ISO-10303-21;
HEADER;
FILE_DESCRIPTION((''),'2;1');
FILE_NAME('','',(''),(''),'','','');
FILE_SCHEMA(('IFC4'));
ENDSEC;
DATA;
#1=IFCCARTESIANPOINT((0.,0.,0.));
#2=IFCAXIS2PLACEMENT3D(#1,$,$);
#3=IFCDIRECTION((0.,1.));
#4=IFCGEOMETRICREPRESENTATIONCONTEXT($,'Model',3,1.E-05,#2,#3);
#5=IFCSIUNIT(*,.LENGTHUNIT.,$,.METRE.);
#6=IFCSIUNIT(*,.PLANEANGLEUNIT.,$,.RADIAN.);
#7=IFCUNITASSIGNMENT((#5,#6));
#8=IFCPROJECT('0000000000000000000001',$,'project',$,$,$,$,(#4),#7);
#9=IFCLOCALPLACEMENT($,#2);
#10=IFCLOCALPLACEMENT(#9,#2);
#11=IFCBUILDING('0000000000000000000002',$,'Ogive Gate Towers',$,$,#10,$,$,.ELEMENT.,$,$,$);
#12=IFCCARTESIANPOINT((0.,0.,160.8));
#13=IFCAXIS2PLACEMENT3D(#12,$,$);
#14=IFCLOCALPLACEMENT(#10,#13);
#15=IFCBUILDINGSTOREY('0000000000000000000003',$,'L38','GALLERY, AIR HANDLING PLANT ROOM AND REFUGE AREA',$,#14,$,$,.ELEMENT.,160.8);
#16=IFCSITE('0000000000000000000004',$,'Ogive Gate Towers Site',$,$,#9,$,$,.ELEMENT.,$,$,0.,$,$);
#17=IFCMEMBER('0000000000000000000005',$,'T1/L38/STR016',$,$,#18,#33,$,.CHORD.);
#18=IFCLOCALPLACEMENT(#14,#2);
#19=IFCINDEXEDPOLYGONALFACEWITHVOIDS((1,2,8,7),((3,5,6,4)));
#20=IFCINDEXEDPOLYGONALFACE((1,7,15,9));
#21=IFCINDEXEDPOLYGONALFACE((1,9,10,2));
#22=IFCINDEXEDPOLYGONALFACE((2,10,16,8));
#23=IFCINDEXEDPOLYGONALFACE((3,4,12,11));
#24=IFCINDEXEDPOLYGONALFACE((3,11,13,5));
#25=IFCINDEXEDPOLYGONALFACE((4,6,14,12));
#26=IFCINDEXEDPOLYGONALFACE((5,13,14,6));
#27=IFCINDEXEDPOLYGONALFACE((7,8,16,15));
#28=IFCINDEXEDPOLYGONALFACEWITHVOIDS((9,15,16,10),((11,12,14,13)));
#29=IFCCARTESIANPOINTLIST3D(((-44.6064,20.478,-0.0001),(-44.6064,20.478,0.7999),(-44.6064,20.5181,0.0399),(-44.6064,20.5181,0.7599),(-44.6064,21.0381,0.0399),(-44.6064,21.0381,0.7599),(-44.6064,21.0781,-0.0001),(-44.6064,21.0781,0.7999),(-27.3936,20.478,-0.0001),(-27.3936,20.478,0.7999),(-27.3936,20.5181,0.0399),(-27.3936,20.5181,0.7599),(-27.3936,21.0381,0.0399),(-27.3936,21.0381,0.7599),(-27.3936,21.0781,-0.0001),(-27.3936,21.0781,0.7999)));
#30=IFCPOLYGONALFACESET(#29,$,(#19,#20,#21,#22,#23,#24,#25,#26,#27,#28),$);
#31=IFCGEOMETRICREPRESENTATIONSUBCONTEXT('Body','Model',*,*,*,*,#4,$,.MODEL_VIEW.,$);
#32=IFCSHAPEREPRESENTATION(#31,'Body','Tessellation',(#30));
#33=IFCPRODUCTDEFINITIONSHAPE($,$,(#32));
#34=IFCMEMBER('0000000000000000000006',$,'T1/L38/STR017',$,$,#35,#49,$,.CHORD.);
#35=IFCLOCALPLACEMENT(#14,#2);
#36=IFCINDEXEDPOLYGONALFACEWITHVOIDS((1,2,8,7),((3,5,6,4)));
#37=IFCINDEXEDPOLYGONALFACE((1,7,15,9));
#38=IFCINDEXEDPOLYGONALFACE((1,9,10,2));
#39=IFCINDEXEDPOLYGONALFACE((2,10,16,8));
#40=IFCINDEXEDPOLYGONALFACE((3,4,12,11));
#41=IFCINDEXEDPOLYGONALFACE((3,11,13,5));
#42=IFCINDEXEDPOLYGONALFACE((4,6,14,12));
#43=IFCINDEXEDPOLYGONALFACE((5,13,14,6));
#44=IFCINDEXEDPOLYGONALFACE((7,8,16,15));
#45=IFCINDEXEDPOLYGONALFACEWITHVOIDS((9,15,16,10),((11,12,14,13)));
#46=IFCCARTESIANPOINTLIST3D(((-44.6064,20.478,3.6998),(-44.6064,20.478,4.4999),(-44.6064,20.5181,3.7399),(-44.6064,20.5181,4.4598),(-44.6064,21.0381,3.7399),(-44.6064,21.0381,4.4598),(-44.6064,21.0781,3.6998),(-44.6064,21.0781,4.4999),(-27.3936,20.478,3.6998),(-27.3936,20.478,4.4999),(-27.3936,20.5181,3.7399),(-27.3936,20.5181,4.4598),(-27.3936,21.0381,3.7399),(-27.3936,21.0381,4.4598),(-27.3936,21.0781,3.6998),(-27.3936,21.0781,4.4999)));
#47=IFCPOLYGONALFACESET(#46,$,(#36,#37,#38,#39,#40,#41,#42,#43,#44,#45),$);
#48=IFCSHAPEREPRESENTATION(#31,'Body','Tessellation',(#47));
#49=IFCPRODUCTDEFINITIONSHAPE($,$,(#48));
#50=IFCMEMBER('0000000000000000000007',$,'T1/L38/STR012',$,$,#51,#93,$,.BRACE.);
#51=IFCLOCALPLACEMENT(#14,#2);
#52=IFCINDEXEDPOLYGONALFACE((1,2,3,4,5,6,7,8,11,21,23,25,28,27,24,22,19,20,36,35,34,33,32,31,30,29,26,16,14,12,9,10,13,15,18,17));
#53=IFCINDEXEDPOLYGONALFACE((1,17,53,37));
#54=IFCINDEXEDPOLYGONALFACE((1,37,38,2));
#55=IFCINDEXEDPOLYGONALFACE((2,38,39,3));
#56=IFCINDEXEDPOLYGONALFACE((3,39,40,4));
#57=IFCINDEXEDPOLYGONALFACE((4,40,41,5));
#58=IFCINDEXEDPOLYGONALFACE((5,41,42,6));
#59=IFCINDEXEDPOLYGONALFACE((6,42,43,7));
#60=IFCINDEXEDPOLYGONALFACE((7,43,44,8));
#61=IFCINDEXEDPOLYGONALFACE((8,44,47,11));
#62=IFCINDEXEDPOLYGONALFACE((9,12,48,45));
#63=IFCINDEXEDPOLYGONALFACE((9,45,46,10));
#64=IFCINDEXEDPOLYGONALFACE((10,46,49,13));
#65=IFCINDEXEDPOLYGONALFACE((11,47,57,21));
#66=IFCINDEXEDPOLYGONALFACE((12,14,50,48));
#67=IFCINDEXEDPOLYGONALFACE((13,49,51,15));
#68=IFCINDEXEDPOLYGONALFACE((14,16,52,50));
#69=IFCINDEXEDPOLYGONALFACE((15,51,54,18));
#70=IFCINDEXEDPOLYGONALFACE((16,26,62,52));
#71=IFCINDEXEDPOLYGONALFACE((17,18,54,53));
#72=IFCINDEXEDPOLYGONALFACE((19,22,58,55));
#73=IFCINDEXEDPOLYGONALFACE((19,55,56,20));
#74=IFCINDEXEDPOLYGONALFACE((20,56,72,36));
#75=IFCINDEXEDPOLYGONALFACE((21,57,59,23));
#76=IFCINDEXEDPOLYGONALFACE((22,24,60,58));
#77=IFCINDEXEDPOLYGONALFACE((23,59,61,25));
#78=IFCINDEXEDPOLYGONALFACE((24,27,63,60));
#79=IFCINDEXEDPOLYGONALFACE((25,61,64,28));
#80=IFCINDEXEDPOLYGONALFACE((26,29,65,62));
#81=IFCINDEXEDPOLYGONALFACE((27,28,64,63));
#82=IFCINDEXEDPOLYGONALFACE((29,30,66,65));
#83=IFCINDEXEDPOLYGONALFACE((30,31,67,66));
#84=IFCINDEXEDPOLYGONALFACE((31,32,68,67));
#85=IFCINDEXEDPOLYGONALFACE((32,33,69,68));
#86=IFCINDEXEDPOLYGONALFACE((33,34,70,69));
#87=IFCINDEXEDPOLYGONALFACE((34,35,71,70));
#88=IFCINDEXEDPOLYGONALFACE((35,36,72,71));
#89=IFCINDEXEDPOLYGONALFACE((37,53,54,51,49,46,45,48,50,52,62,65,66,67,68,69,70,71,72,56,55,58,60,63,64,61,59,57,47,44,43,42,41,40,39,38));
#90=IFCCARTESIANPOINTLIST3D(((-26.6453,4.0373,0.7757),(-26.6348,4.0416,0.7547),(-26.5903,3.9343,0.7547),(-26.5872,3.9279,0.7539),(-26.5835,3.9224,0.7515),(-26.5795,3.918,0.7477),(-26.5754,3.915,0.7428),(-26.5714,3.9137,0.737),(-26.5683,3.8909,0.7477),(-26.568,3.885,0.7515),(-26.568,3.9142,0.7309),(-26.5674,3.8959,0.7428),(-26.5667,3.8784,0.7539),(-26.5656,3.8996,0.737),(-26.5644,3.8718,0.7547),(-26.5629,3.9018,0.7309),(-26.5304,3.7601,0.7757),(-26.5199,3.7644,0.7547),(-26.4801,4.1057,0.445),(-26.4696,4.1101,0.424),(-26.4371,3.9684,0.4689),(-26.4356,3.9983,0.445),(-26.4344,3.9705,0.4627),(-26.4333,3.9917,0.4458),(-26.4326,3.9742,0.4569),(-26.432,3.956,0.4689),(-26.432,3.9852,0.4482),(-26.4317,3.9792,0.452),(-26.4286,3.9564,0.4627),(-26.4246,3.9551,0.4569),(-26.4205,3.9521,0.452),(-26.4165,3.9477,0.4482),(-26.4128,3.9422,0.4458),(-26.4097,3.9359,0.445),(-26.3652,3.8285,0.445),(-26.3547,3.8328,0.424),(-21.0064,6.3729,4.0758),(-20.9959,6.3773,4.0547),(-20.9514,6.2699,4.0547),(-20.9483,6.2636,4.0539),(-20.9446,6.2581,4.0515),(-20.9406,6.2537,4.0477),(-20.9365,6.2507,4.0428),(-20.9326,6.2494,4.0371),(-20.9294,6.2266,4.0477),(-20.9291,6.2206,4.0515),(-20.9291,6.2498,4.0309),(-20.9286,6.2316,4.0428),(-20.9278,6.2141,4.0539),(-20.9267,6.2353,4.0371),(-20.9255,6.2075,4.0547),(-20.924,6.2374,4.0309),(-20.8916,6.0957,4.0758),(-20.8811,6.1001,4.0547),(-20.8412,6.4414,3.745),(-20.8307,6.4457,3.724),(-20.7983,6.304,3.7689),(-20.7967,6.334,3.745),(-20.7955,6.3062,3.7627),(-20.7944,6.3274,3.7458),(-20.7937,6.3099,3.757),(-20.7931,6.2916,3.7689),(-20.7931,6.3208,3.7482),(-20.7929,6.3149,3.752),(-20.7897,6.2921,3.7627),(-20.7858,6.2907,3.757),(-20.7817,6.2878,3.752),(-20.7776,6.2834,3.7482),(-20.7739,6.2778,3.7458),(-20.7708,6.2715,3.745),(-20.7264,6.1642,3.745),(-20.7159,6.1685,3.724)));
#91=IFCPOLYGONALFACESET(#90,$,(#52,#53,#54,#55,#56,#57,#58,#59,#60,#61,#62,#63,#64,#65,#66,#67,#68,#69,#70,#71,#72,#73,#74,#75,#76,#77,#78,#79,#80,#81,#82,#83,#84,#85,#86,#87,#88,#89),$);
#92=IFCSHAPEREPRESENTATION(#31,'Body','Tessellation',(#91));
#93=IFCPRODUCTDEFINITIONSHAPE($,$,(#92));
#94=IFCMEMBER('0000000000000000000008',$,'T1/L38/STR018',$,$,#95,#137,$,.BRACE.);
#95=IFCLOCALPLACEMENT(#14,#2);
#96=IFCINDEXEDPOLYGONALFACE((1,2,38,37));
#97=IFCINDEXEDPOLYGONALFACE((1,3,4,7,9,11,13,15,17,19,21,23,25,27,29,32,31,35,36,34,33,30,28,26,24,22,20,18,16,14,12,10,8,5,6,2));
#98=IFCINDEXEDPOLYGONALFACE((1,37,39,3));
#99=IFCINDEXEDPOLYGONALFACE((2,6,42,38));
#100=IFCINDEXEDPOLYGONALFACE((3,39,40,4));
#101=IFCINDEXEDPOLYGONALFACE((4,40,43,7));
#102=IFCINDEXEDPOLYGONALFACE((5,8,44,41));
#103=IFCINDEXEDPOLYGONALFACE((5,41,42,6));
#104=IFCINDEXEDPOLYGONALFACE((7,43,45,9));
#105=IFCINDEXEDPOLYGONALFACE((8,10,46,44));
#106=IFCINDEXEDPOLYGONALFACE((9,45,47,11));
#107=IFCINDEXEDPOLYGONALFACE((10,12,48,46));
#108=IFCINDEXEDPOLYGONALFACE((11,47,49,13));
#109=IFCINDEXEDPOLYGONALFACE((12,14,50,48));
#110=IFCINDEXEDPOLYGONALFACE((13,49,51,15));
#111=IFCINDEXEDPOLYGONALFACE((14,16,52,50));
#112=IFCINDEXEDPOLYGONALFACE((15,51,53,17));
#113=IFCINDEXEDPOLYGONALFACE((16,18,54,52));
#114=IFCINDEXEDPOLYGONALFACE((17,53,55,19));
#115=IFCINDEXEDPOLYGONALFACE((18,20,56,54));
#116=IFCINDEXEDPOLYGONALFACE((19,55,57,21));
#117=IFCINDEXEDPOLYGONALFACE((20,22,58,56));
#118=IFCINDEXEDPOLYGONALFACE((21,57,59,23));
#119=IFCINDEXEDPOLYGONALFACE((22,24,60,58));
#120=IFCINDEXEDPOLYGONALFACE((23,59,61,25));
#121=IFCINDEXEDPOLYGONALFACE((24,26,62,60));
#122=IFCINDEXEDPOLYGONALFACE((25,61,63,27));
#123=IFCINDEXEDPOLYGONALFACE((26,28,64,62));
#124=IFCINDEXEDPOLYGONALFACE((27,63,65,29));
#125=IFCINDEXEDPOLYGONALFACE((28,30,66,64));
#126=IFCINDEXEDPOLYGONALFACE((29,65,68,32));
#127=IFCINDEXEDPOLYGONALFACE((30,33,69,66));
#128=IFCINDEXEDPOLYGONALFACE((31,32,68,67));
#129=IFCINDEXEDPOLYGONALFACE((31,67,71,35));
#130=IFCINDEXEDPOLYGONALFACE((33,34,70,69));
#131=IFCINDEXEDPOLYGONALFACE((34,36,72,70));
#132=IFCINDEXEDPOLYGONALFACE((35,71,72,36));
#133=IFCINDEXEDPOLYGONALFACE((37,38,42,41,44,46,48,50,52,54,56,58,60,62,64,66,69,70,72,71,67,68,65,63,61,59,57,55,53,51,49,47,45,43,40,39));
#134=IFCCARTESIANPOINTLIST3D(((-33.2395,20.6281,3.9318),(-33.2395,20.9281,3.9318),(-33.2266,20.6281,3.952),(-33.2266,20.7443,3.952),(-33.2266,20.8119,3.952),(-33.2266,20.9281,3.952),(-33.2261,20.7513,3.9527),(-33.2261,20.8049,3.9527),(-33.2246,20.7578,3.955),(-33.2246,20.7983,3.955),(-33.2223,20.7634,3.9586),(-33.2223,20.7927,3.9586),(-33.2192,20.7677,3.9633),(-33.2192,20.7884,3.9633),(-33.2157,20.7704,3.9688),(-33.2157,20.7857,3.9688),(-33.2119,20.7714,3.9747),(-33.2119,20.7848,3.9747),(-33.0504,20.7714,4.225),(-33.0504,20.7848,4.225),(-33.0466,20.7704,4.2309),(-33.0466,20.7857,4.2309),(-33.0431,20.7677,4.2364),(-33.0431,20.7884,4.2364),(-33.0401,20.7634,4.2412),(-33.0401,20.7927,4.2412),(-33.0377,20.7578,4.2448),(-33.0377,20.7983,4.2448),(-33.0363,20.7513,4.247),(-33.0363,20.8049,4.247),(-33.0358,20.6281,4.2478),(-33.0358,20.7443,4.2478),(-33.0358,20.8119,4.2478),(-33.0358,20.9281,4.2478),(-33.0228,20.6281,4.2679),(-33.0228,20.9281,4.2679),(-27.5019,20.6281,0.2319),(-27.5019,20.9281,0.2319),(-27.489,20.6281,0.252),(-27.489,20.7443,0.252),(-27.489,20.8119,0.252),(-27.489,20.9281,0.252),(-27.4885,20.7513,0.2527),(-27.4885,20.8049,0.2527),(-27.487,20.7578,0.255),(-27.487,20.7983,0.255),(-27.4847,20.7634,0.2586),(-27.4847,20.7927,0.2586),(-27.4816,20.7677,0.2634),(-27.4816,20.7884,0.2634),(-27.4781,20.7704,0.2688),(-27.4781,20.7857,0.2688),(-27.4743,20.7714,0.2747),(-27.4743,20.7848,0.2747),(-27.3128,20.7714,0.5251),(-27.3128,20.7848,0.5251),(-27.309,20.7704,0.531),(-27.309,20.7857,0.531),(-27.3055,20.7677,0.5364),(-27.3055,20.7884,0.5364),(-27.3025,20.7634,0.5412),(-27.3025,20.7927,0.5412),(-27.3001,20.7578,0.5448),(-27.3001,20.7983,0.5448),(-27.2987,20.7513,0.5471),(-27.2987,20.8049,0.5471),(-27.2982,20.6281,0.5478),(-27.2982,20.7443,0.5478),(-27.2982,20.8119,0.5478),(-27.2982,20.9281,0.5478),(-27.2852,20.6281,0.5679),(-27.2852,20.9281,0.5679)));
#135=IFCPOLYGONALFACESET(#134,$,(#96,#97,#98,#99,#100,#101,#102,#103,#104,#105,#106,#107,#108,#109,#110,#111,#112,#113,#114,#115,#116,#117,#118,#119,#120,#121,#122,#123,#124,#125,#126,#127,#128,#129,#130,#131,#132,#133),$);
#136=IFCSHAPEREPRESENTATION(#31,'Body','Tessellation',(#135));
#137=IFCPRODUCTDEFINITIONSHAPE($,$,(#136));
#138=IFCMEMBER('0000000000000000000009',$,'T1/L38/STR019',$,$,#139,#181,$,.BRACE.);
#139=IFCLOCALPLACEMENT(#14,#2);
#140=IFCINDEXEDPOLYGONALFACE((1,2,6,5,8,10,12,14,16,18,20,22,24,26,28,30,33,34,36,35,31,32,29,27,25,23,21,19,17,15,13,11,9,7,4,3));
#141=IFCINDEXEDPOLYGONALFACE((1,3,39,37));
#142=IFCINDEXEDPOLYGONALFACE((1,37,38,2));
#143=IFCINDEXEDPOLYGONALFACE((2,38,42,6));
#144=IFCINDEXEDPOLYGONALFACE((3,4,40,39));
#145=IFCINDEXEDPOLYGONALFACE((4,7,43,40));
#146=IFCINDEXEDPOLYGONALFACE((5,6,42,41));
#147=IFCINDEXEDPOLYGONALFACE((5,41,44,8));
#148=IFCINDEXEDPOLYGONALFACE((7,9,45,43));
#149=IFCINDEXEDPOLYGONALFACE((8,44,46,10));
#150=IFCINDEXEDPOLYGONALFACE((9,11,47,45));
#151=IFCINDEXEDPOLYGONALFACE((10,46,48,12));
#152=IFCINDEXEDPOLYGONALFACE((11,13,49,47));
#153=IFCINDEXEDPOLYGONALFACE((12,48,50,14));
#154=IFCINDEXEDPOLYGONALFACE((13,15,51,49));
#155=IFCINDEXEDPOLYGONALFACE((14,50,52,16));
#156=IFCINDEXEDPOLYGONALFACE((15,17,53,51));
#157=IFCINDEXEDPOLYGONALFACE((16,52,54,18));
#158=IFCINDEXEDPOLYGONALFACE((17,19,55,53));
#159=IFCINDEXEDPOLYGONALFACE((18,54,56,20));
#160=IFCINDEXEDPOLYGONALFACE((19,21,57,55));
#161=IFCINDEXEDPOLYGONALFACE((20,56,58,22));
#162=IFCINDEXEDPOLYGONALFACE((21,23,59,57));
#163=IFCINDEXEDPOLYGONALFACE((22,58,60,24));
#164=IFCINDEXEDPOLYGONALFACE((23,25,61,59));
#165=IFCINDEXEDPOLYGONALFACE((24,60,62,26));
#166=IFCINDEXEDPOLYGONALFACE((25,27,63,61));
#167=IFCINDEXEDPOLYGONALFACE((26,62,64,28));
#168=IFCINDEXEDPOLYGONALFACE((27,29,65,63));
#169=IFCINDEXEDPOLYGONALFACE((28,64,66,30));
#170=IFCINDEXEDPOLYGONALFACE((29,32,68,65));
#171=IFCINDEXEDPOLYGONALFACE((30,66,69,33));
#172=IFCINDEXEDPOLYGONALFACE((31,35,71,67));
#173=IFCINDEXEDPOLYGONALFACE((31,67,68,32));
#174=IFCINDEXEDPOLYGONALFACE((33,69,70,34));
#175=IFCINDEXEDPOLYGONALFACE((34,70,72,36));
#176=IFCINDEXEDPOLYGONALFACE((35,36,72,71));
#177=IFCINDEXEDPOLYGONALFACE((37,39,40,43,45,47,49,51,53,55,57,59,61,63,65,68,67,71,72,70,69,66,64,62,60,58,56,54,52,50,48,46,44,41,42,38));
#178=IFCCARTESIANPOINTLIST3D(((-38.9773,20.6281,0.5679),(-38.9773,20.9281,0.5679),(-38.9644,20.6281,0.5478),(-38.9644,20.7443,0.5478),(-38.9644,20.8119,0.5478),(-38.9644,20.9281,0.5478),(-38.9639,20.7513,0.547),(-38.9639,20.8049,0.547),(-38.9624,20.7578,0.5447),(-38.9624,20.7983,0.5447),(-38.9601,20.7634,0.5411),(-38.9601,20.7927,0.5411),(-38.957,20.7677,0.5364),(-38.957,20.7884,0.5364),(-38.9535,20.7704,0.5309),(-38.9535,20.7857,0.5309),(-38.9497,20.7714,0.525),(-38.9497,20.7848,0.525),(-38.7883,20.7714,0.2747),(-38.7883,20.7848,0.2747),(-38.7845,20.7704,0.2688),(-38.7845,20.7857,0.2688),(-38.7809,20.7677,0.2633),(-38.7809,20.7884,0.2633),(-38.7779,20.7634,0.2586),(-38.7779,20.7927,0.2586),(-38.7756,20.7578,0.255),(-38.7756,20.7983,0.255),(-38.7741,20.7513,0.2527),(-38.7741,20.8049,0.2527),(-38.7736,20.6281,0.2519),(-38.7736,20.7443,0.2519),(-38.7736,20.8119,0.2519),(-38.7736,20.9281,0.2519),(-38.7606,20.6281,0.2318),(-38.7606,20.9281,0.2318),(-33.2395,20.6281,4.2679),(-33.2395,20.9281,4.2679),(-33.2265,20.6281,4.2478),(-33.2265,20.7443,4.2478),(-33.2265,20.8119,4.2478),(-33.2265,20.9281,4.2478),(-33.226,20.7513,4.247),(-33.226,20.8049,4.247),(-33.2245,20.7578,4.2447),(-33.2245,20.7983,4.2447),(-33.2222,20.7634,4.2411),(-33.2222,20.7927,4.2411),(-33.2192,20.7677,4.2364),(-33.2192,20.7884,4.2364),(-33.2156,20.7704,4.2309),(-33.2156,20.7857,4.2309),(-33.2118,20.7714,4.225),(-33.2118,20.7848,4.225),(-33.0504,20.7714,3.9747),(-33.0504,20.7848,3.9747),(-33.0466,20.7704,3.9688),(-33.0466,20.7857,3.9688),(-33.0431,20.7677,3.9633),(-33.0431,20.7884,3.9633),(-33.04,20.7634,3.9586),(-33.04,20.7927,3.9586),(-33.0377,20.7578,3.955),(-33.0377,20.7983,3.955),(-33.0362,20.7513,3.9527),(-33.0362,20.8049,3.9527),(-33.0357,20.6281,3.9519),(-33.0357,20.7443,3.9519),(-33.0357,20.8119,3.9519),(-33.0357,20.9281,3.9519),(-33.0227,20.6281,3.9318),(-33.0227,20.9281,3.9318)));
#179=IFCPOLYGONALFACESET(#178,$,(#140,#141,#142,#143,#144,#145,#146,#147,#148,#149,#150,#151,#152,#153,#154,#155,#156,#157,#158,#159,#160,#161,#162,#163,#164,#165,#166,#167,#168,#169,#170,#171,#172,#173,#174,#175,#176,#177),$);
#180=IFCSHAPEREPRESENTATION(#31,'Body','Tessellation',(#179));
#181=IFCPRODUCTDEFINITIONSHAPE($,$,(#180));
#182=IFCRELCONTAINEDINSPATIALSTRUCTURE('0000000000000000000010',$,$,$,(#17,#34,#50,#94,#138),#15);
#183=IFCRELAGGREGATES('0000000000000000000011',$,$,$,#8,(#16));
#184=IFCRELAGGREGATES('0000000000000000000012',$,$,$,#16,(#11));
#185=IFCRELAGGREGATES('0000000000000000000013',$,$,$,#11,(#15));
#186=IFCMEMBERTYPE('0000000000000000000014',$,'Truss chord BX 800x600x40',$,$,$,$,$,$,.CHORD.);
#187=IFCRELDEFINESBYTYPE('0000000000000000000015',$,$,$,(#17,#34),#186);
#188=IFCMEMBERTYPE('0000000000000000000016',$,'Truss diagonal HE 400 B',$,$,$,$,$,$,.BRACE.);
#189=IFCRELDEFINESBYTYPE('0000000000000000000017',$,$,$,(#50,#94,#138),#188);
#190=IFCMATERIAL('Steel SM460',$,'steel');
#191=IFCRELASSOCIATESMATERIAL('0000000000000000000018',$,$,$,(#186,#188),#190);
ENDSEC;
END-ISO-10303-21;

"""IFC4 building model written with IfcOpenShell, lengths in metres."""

from ifc_helpers import new_model, si_unit, direction, frame, origin, origin_2d, place, context, subcontext, project, spatial, hollow_rectangle, i_section, extrude, material, material_profile, profile_set, type_object, element, save


model = new_model("IFC4")

# Units and contexts
model_context = context("Model", 3, precision=1e-05, world=origin(), true_north=direction((0.0, 1.0)))
body_context = subcontext(model_context, "Body", "Model", "MODEL_VIEW")
ifc_project = project(units=[si_unit("LENGTHUNIT", "METRE"), si_unit("PLANEANGLEUNIT", "RADIAN")], contexts=[model_context])

# Site, building, storey
site_placement = place(None, origin())
site = spatial("IfcSite", under=ifc_project, at=site_placement, Name="Ogive Gate Towers Site", CompositionType="ELEMENT", RefElevation=0.0)
building_placement = place(site_placement, origin())
building = spatial("IfcBuilding", under=site, at=building_placement, Name="Ogive Gate Towers", CompositionType="ELEMENT")
storey_placement = place(building_placement, frame((0.0, 0.0, 160.8)))
storey = spatial("IfcBuildingStorey", under=building, at=storey_placement, Name="L38", Description="GALLERY, AIR HANDLING PLANT ROOM AND REFUGE AREA", CompositionType="ELEMENT", Elevation=160.8)

# Shared definitions
ifc_material_1 = material(Name="Steel SM460", Category="steel")

# Members
ifc_material_profile_1 = material_profile(ifc_material_1, hollow_rectangle(XDim=0.6001, YDim=0.8, WallThickness=0.04, at=origin_2d()), Name="BX 800x600x40")
ifc_profile_set_1 = profile_set([ifc_material_profile_1], Name="Steel SM460")
member_type_1 = type_object("IfcMemberType", Name="Truss chord BX 800x600x40", PredefinedType="CHORD", material=ifc_profile_set_1)
for number, where, z_axis, x_axis, name in (
    (1, (-27.3936, 20.7781, 0.3999), (-1.0, 0.0, 0.0), (0.0, -1.0, 0.0), "T1/L38/STR016"),
    (2, (-27.3936, 20.7781, 4.0999), (-1.0, 0.0, 0.0), (0.0, -1.0, 0.0), "T1/L38/STR017"),
):
    element("IfcMember", number, at=place(storey_placement, frame(where, z_axis=z_axis, x_axis=x_axis)), inside=storey, type_object=member_type_1, Name=name, PredefinedType="CHORD", context=body_context, shape_type="SweptSolid", body=[
        extrude(hollow_rectangle(XDim=0.6001, YDim=0.8, WallThickness=0.04, at=origin_2d()), origin(), (0.0, 0.0, 1.0), 17.2129),
    ])
ifc_material_profile_2 = material_profile(ifc_material_1, i_section(OverallWidth=0.3, OverallDepth=0.3999, WebThickness=0.0134, FlangeThickness=0.0239, FilletRadius=0.0271, at=origin_2d()), Name="HE 400 B")
ifc_profile_set_2 = profile_set([ifc_material_profile_2], Name="Steel SM460")
member_type_2 = type_object("IfcMemberType", Name="Truss diagonal HE 400 B", PredefinedType="BRACE", material=ifc_profile_set_2)
member_1_placement = place(storey_placement, frame((-26.5, 3.9351, 0.5999), z_axis=(0.812696, 0.336627, 0.475612), x_axis=(-0.38268, 0.923881, 0.0)))
element("IfcMember", 3, at=member_1_placement, inside=storey, type_object=member_type_2, Name="T1/L38/STR012", PredefinedType="BRACE", context=body_context, shape_type="SweptSolid", body=[
    extrude(i_section(OverallWidth=0.3, OverallDepth=0.3999, WebThickness=0.0134, FlangeThickness=0.0239, FilletRadius=0.0271, at=origin_2d()), origin(), (0.0, 0.0, 1.0), 6.9385),
])
member_2_placement = place(storey_placement, frame((-27.3936, 20.7781, 0.3999), z_axis=(-0.84041, 0.0, 0.541952), x_axis=(0.0, -1.0, 0.0)))
element("IfcMember", 4, at=member_2_placement, inside=storey, type_object=member_type_2, Name="T1/L38/STR018", PredefinedType="BRACE", context=body_context, shape_type="SweptSolid", body=[
    extrude(i_section(OverallWidth=0.3, OverallDepth=0.3999, WebThickness=0.0134, FlangeThickness=0.0239, FilletRadius=0.0271, at=origin_2d()), origin(), (0.0, 0.0, 1.0), 6.8271),
])
member_3_placement = place(storey_placement, frame((-33.1311, 20.7781, 4.0999), z_axis=(-0.84042, 0.0, -0.541935), x_axis=(0.0, -1.0, 0.0)))
element("IfcMember", 5, at=member_3_placement, inside=storey, type_object=member_type_2, Name="T1/L38/STR019", PredefinedType="BRACE", context=body_context, shape_type="SweptSolid", body=[
    extrude(i_section(OverallWidth=0.3, OverallDepth=0.3999, WebThickness=0.0134, FlangeThickness=0.0239, FilletRadius=0.0271, at=origin_2d()), origin(), (0.0, 0.0, 1.0), 6.8274),
])

save(model, "model.ifc")
